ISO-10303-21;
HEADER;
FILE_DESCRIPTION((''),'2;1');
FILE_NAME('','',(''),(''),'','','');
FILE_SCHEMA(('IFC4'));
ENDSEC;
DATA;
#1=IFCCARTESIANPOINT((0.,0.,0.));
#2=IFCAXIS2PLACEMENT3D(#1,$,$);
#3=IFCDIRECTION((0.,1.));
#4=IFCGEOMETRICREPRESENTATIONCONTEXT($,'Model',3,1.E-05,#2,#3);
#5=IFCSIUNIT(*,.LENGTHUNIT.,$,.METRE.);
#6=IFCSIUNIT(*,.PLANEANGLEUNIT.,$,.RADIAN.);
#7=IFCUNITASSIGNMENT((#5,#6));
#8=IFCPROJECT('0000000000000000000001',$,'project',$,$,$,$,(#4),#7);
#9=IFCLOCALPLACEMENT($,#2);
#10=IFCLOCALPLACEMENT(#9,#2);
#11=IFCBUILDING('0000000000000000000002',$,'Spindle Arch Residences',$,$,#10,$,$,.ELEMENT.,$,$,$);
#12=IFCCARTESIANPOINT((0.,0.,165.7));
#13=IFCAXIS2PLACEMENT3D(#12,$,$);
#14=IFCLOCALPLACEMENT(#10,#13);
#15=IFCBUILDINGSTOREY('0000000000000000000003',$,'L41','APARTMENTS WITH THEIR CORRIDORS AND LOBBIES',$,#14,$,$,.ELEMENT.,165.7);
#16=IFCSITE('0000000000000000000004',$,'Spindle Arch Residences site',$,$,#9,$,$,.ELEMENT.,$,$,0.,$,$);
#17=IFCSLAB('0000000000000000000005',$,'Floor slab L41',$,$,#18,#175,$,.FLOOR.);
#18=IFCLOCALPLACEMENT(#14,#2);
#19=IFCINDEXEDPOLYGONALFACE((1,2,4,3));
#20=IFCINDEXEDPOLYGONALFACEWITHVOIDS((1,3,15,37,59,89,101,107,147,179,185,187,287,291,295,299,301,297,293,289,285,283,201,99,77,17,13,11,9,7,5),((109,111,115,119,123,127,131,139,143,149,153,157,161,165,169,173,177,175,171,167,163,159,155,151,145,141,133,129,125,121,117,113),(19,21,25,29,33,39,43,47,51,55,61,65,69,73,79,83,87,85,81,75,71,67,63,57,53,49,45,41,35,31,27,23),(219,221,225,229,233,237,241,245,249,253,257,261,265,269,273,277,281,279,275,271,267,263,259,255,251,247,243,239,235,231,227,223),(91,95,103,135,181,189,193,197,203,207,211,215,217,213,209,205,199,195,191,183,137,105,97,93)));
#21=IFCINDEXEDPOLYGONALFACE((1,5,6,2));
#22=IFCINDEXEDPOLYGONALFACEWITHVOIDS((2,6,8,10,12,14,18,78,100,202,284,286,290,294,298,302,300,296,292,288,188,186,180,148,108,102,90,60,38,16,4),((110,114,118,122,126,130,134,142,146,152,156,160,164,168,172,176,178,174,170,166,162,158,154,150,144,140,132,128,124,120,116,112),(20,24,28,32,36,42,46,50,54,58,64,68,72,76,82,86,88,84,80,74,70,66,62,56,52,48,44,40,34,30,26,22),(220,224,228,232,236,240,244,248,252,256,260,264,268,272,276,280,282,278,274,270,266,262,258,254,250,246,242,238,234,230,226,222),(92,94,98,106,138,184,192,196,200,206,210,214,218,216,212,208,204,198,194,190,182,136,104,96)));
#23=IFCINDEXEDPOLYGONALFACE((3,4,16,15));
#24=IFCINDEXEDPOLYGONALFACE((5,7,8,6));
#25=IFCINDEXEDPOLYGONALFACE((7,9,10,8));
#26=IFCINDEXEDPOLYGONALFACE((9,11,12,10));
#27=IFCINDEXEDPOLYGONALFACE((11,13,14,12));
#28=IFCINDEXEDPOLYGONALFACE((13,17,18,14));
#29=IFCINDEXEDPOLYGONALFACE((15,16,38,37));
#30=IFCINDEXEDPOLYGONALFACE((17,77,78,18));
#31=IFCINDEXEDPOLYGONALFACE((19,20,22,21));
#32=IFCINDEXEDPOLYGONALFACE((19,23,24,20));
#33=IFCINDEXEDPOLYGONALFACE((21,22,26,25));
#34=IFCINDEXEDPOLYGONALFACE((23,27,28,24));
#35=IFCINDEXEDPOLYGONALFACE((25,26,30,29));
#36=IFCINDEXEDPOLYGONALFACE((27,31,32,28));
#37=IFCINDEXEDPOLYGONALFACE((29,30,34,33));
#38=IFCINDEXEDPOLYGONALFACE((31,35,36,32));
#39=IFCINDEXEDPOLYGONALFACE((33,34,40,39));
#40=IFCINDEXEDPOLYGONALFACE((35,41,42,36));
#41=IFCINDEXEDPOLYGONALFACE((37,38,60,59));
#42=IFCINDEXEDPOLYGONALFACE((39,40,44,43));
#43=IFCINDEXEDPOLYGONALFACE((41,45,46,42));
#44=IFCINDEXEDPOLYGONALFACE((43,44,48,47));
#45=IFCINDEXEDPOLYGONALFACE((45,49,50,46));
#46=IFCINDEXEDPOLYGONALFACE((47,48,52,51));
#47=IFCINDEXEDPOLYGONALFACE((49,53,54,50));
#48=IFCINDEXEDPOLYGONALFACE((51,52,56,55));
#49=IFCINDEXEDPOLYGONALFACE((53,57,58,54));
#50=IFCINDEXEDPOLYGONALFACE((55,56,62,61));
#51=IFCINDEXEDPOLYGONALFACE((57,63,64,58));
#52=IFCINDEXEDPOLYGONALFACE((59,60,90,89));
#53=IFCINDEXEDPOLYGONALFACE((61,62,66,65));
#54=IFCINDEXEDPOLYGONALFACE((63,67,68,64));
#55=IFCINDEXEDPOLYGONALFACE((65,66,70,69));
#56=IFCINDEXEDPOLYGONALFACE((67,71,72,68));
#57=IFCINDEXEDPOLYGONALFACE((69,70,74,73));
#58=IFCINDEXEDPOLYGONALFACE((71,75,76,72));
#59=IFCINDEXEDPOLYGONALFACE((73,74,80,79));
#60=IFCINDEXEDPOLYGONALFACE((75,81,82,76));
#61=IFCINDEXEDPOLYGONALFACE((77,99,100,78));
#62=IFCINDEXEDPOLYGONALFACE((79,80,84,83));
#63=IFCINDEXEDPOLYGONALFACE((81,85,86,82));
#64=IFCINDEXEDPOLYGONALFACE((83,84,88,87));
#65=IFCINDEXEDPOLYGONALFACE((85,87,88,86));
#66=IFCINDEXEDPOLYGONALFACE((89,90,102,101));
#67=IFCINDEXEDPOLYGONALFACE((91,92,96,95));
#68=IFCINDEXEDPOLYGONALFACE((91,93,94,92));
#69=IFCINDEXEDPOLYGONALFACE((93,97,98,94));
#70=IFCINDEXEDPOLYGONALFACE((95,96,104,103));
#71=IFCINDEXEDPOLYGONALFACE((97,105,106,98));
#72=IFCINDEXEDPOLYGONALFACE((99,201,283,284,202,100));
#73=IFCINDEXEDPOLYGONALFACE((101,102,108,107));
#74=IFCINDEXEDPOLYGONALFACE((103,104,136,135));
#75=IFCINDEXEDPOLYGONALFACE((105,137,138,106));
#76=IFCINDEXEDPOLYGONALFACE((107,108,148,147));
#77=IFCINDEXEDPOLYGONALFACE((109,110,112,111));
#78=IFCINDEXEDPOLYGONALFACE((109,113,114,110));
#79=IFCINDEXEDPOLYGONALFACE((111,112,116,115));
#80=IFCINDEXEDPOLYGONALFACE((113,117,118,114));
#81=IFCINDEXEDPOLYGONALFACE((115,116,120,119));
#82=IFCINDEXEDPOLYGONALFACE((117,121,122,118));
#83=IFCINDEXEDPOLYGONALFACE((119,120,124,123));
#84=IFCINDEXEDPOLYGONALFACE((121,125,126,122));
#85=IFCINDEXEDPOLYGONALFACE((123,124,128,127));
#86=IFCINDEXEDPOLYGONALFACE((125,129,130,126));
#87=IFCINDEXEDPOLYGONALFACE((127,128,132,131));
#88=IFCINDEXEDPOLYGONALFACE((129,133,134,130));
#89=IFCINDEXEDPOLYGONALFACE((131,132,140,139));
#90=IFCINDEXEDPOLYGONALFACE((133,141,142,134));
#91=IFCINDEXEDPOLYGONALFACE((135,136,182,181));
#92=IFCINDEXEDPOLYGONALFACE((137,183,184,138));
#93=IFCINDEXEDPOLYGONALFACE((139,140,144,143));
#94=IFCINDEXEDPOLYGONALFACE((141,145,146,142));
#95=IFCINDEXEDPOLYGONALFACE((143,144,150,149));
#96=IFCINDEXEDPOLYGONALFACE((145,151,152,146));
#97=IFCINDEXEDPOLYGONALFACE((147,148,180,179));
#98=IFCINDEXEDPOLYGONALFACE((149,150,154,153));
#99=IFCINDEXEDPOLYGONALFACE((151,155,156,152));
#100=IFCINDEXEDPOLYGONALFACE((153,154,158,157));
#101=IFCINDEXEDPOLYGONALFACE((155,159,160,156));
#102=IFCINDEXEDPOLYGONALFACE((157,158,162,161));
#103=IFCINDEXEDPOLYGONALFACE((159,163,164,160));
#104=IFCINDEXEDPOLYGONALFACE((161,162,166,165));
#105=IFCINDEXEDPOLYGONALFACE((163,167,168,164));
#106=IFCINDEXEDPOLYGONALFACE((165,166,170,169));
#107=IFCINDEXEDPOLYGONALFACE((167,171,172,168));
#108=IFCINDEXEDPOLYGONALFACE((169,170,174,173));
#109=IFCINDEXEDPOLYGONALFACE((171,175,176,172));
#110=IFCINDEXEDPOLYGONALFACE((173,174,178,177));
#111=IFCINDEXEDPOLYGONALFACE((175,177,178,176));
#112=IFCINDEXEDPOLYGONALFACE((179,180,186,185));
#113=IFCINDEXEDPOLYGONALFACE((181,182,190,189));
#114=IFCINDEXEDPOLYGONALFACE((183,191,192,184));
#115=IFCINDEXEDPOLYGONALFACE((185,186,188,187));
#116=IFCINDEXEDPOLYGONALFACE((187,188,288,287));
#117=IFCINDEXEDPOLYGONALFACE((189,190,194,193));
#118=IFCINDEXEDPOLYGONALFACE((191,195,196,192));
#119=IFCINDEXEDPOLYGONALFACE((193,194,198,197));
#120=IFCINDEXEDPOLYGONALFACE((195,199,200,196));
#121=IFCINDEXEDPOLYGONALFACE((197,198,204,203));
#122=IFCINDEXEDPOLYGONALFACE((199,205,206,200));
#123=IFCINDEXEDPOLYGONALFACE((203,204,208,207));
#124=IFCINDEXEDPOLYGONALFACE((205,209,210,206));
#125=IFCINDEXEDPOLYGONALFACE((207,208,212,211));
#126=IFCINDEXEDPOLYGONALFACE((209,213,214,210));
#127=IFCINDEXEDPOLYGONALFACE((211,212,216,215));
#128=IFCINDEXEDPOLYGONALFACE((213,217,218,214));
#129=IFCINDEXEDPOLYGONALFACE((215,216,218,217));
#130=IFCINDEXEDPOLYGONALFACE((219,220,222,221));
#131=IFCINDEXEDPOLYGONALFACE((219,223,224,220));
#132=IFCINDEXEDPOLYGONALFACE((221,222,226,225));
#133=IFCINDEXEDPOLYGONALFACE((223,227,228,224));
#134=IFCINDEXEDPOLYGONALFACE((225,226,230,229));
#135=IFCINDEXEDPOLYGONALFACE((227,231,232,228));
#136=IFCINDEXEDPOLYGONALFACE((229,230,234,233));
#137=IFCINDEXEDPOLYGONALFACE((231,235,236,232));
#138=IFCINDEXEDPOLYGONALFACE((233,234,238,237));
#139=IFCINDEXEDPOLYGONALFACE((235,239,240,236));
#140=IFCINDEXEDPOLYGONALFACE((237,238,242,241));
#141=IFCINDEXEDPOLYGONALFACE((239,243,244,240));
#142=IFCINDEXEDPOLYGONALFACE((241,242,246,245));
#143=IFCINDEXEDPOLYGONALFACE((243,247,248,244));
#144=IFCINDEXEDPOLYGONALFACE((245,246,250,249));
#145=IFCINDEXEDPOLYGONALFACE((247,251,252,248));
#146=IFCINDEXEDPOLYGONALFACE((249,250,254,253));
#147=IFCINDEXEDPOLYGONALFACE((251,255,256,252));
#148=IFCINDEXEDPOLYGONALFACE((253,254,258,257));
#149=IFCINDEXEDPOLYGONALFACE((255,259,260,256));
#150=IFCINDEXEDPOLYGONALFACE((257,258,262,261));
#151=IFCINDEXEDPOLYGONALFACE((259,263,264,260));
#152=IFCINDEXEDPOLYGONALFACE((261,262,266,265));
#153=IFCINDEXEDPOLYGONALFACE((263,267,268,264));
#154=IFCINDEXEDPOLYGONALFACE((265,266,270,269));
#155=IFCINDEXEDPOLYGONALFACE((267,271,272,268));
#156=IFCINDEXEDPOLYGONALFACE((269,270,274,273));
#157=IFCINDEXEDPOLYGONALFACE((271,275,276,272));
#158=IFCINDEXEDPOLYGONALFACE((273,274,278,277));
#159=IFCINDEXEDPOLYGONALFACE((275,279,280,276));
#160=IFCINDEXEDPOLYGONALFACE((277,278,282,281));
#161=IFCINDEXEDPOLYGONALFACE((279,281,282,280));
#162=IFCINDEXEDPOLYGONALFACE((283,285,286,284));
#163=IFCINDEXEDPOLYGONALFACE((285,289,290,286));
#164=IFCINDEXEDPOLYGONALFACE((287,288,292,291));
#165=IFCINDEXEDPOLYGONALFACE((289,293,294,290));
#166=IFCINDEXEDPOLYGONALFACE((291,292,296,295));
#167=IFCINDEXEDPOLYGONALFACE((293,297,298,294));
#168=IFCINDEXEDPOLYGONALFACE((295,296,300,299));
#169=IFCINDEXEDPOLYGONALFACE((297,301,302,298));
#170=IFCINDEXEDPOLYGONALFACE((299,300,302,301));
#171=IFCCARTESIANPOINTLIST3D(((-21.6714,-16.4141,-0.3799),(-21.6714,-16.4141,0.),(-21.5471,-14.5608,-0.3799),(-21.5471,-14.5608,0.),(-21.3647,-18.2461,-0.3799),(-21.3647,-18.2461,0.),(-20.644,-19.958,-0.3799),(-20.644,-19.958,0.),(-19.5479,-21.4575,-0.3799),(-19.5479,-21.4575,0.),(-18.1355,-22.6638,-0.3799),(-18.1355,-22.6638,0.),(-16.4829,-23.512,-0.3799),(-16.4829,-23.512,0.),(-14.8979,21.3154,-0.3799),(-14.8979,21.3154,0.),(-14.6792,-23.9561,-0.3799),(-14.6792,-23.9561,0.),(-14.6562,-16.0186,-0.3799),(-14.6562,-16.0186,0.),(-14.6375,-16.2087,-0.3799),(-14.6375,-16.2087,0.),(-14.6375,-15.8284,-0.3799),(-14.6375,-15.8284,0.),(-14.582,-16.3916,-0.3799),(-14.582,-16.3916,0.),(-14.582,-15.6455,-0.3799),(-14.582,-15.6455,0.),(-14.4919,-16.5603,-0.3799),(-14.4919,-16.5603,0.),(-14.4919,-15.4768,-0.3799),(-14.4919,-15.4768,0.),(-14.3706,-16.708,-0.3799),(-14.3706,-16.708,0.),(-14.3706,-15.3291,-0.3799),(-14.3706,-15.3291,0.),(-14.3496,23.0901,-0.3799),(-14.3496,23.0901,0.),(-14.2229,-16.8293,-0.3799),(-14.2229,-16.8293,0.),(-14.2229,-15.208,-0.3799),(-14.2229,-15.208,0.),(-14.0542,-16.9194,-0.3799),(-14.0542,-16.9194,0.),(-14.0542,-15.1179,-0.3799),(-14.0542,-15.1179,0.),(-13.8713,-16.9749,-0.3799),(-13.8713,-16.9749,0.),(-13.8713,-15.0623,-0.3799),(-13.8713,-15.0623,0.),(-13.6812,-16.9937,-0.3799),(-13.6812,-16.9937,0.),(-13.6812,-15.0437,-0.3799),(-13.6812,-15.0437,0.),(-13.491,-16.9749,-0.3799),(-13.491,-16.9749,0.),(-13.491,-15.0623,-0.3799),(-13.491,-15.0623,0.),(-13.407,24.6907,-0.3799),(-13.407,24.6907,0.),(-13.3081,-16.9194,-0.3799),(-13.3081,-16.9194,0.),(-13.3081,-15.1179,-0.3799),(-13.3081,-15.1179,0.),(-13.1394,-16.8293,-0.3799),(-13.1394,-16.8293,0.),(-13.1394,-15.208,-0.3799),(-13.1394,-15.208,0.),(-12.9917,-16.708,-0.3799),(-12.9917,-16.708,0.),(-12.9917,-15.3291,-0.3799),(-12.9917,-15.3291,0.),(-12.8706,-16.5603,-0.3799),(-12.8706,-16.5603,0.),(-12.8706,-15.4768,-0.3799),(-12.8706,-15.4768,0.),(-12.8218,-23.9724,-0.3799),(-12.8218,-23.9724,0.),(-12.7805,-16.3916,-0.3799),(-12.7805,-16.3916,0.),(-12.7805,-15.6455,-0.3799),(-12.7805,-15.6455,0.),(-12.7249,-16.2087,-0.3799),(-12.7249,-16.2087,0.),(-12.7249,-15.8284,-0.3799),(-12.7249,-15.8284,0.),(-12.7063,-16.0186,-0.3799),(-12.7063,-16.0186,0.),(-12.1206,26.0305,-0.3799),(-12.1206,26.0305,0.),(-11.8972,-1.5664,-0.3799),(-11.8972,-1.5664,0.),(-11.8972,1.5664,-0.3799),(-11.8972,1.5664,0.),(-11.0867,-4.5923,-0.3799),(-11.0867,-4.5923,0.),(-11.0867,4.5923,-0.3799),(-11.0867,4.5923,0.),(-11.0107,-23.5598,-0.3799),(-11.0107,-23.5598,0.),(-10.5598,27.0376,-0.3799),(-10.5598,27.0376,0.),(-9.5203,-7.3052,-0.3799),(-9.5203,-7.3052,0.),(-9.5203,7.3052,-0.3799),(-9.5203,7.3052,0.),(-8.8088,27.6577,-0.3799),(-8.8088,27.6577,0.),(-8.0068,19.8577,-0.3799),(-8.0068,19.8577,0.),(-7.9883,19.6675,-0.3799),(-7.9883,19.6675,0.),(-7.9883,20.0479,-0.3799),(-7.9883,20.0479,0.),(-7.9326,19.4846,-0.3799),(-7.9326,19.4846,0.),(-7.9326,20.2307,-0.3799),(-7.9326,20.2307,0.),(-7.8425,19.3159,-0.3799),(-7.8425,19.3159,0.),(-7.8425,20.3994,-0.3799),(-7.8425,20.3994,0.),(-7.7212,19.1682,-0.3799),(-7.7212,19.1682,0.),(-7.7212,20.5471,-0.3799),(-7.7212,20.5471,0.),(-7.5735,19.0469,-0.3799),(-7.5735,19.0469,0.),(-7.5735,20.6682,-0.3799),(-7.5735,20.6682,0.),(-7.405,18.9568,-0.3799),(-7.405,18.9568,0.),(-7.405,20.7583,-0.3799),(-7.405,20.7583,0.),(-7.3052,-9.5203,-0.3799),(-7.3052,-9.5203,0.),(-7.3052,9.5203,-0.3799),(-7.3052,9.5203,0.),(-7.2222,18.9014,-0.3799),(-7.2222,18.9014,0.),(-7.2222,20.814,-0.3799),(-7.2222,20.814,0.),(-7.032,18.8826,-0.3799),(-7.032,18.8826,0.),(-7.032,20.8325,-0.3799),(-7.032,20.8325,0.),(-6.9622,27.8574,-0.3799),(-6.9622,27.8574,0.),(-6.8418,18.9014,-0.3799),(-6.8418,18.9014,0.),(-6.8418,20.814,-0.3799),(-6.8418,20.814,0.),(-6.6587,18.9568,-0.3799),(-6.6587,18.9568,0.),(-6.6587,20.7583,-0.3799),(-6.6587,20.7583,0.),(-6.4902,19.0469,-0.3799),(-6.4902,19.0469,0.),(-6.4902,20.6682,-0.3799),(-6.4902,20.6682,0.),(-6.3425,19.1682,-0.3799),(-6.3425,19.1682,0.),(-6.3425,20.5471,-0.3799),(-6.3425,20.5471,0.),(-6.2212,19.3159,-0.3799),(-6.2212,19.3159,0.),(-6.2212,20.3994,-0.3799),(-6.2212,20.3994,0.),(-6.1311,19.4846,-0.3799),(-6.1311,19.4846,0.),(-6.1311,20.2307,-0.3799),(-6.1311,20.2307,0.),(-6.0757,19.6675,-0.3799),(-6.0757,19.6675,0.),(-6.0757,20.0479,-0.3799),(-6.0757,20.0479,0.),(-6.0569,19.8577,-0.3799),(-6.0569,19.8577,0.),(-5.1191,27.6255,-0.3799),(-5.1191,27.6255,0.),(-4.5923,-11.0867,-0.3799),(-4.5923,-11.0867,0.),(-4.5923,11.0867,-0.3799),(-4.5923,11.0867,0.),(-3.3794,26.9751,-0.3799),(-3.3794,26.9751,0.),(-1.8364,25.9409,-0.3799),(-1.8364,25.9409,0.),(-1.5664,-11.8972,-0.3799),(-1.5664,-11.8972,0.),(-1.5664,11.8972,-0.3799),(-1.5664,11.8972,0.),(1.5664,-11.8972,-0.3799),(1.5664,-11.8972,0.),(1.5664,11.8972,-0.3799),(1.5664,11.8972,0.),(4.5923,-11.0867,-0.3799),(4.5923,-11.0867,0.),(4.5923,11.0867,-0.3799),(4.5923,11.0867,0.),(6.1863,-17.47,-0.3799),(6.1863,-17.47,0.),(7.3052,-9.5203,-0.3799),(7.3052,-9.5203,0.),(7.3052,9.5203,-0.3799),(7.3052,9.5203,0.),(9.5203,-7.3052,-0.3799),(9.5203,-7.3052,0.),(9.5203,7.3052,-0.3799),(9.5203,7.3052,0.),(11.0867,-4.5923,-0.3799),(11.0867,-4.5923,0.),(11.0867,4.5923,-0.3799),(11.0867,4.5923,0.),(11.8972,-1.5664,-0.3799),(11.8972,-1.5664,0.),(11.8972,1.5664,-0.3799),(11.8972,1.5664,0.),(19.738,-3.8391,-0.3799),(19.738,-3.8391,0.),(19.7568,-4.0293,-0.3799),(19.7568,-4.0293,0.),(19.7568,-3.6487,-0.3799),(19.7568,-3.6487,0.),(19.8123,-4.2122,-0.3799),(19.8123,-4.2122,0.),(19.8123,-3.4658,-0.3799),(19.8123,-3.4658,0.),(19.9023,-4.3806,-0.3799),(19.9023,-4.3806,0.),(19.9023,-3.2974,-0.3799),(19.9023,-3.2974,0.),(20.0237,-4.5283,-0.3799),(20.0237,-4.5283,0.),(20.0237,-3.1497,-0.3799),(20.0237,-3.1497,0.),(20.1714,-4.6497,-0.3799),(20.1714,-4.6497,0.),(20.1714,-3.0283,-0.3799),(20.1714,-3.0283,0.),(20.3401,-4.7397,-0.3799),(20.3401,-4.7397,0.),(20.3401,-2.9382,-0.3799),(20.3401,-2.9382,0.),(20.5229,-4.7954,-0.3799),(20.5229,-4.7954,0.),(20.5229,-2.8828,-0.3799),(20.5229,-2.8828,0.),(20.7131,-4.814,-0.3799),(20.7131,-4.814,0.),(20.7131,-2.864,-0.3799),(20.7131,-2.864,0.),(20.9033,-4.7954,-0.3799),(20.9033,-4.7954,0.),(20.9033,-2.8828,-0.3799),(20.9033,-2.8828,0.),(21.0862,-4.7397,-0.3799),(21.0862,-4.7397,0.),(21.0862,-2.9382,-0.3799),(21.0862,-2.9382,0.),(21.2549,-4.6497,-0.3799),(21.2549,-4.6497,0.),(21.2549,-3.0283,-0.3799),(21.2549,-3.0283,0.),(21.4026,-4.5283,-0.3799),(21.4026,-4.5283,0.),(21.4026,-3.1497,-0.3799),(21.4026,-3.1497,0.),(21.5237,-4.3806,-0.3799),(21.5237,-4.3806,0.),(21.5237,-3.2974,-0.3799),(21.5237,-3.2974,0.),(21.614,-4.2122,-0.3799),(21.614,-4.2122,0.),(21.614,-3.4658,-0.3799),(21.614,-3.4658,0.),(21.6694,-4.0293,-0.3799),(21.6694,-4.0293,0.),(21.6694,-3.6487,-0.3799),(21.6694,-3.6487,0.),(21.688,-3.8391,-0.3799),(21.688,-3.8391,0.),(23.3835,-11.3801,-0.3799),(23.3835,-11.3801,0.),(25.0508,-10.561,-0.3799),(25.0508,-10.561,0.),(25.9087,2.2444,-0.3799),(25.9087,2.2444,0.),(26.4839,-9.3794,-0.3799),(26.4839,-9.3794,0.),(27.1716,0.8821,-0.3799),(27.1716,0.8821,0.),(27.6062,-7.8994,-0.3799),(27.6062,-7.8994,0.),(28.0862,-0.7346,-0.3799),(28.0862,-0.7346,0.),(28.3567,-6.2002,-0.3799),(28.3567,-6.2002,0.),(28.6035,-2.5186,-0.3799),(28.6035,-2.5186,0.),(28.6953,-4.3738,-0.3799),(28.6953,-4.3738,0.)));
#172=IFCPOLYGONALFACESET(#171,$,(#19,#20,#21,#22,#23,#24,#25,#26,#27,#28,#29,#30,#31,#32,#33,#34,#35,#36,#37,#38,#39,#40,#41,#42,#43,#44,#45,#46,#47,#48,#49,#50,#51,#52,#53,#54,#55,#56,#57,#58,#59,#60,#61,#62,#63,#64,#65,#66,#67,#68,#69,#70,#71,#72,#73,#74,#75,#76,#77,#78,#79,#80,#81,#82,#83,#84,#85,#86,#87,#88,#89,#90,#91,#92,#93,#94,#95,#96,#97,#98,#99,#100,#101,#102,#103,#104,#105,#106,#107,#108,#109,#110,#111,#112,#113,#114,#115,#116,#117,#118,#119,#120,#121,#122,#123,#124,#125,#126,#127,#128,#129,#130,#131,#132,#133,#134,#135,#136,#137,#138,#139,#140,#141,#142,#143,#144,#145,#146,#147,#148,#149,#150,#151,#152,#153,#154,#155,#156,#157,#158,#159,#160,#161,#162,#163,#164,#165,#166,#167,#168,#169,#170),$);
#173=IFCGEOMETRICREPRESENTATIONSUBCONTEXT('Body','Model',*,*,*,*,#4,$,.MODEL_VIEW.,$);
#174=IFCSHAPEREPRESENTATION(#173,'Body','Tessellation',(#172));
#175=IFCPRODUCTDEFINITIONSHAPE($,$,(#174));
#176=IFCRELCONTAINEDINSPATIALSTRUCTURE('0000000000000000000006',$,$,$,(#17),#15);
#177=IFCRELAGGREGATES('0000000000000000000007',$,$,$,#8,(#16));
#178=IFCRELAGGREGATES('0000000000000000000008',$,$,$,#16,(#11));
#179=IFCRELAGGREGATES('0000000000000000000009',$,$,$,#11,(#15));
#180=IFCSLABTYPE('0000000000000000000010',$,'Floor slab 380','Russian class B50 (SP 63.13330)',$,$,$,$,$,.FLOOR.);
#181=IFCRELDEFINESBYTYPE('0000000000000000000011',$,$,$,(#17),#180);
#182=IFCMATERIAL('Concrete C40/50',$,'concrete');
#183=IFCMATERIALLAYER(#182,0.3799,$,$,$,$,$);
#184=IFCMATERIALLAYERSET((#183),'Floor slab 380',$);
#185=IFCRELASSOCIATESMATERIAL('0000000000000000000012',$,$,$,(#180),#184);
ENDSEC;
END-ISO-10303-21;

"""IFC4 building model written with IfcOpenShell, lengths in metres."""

from ifc_helpers import new_model, si_unit, direction, frame, origin, place, context, subcontext, project, spatial, polyline, outline, extrude, material, layer, layer_set, type_object, element, save


model = new_model("IFC4")

# Units and contexts
model_context = context("Model", 3, precision=1e-05, world=origin(), true_north=direction((0.0, 1.0)))
body_context = subcontext(model_context, "Body", "Model", "MODEL_VIEW")
ifc_project = project(units=[si_unit("LENGTHUNIT", "METRE"), si_unit("PLANEANGLEUNIT", "RADIAN")], contexts=[model_context])

# Site, building, storey
site_placement = place(None, origin())
site = spatial("IfcSite", under=ifc_project, at=site_placement, Name="Spindle Arch Residences site", CompositionType="ELEMENT", RefElevation=0.0)
building_placement = place(site_placement, origin())
building = spatial("IfcBuilding", under=site, at=building_placement, Name="Spindle Arch Residences", CompositionType="ELEMENT")
storey_placement = place(building_placement, frame((0.0, 0.0, 165.7)))
storey = spatial("IfcBuildingStorey", under=building, at=storey_placement, Name="L41", Description="APARTMENTS WITH THEIR CORRIDORS AND LOBBIES", CompositionType="ELEMENT", Elevation=165.7)

# Slab
ifc_material_1 = material(Name="Concrete C40/50", Category="concrete")
ifc_layer_1 = layer(ifc_material_1, 0.3799)
ifc_layer_set_1 = layer_set([ifc_layer_1], Name="Floor slab 380")
slab_type_1 = type_object("IfcSlabType", Name="Floor slab 380", Description="Russian class B50 (SP 63.13330)", PredefinedType="FLOOR", material=ifc_layer_set_1)
slab_1_placement = place(storey_placement, frame((0.0, 0.0, -0.3799)))
element("IfcSlab", 1, at=slab_1_placement, inside=storey, type_object=slab_type_1, Name="Floor slab L41", PredefinedType="FLOOR", context=body_context, shape_type="SweptSolid", body=[
    extrude(outline(polyline([(-12.8218, -23.9724), (-14.6792, -23.9561), (-16.4829, -23.512), (-18.1355, -22.6638), (-19.5479, -21.4575), (-20.644, -19.958), (-21.3647, -18.2461), (-21.6714, -16.4141), (-21.5471, -14.5608), (-14.8979, 21.3154), (-14.3496, 23.0901), (-13.407, 24.6907), (-12.1206, 26.0305), (-10.5598, 27.0376), (-8.8088, 27.6577), (-6.9622, 27.8574), (-5.1191, 27.6255), (-3.3794, 26.9751), (-1.8364, 25.9409), (25.9087, 2.2444), (27.1716, 0.8821), (28.0862, -0.7346), (28.6035, -2.5186), (28.6953, -4.3738), (28.3567, -6.2002), (27.6062, -7.8994), (26.4839, -9.3794), (25.0508, -10.561), (23.3835, -11.3801), (6.1863, -17.47), (-11.0107, -23.5598), (-12.8218, -23.9724)]), holes=[polyline([(7.3052, -9.5203), (9.5203, -7.3052), (11.0867, -4.5923), (11.8972, -1.5664), (11.8972, 1.5664), (11.0867, 4.5923), (9.5203, 7.3052), (7.3052, 9.5203), (4.5923, 11.0867), (1.5664, 11.8972), (-1.5664, 11.8972), (-4.5923, 11.0867), (-7.3052, 9.5203), (-9.5203, 7.3052), (-11.0867, 4.5923), (-11.8972, 1.5664), (-11.8972, -1.5664), (-11.0867, -4.5923), (-9.5203, -7.3052), (-7.3052, -9.5203), (-4.5923, -11.0867), (-1.5664, -11.8972), (1.5664, -11.8972), (4.5923, -11.0867), (7.3052, -9.5203)]), polyline([(-12.9917, -16.708), (-12.8706, -16.5603), (-12.7805, -16.3916), (-12.7249, -16.2087), (-12.7063, -16.0186), (-12.7249, -15.8284), (-12.7805, -15.6455), (-12.8706, -15.4768), (-12.9917, -15.3291), (-13.1394, -15.208), (-13.3081, -15.1179), (-13.491, -15.0623), (-13.6812, -15.0437), (-13.8713, -15.0623), (-14.0542, -15.1179), (-14.2229, -15.208), (-14.3706, -15.3291), (-14.4919, -15.4768), (-14.582, -15.6455), (-14.6375, -15.8284), (-14.6562, -16.0186), (-14.6375, -16.2087), (-14.582, -16.3916), (-14.4919, -16.5603), (-14.3706, -16.708), (-14.2229, -16.8293), (-14.0542, -16.9194), (-13.8713, -16.9749), (-13.6812, -16.9937), (-13.491, -16.9749), (-13.3081, -16.9194), (-13.1394, -16.8293), (-12.9917, -16.708)]), polyline([(-6.2212, 19.3159), (-6.1311, 19.4846), (-6.0757, 19.6675), (-6.0569, 19.8577), (-6.0757, 20.0479), (-6.1311, 20.2307), (-6.2212, 20.3994), (-6.3425, 20.5471), (-6.4902, 20.6682), (-6.6587, 20.7583), (-6.8418, 20.814), (-7.032, 20.8325), (-7.2222, 20.814), (-7.405, 20.7583), (-7.5735, 20.6682), (-7.7212, 20.5471), (-7.8425, 20.3994), (-7.9326, 20.2307), (-7.9883, 20.0479), (-8.0068, 19.8577), (-7.9883, 19.6675), (-7.9326, 19.4846), (-7.8425, 19.3159), (-7.7212, 19.1682), (-7.5735, 19.0469), (-7.405, 18.9568), (-7.2222, 18.9014), (-7.032, 18.8826), (-6.8418, 18.9014), (-6.6587, 18.9568), (-6.4902, 19.0469), (-6.3425, 19.1682), (-6.2212, 19.3159)]), polyline([(21.5237, -4.3806), (21.614, -4.2122), (21.6694, -4.0293), (21.688, -3.8391), (21.6694, -3.6487), (21.614, -3.4658), (21.5237, -3.2974), (21.4026, -3.1497), (21.2549, -3.0283), (21.0862, -2.9382), (20.9033, -2.8828), (20.7131, -2.864), (20.5229, -2.8828), (20.3401, -2.9382), (20.1714, -3.0283), (20.0237, -3.1497), (19.9023, -3.2974), (19.8123, -3.4658), (19.7568, -3.6487), (19.738, -3.8391), (19.7568, -4.0293), (19.8123, -4.2122), (19.9023, -4.3806), (20.0237, -4.5283), (20.1714, -4.6497), (20.3401, -4.7397), (20.5229, -4.7954), (20.7131, -4.814), (20.9033, -4.7954), (21.0862, -4.7397), (21.2549, -4.6497), (21.4026, -4.5283), (21.5237, -4.3806)])]), origin(), (0.0, 0.0, 1.0), 0.3799),
])

save(model, "model.ifc")
